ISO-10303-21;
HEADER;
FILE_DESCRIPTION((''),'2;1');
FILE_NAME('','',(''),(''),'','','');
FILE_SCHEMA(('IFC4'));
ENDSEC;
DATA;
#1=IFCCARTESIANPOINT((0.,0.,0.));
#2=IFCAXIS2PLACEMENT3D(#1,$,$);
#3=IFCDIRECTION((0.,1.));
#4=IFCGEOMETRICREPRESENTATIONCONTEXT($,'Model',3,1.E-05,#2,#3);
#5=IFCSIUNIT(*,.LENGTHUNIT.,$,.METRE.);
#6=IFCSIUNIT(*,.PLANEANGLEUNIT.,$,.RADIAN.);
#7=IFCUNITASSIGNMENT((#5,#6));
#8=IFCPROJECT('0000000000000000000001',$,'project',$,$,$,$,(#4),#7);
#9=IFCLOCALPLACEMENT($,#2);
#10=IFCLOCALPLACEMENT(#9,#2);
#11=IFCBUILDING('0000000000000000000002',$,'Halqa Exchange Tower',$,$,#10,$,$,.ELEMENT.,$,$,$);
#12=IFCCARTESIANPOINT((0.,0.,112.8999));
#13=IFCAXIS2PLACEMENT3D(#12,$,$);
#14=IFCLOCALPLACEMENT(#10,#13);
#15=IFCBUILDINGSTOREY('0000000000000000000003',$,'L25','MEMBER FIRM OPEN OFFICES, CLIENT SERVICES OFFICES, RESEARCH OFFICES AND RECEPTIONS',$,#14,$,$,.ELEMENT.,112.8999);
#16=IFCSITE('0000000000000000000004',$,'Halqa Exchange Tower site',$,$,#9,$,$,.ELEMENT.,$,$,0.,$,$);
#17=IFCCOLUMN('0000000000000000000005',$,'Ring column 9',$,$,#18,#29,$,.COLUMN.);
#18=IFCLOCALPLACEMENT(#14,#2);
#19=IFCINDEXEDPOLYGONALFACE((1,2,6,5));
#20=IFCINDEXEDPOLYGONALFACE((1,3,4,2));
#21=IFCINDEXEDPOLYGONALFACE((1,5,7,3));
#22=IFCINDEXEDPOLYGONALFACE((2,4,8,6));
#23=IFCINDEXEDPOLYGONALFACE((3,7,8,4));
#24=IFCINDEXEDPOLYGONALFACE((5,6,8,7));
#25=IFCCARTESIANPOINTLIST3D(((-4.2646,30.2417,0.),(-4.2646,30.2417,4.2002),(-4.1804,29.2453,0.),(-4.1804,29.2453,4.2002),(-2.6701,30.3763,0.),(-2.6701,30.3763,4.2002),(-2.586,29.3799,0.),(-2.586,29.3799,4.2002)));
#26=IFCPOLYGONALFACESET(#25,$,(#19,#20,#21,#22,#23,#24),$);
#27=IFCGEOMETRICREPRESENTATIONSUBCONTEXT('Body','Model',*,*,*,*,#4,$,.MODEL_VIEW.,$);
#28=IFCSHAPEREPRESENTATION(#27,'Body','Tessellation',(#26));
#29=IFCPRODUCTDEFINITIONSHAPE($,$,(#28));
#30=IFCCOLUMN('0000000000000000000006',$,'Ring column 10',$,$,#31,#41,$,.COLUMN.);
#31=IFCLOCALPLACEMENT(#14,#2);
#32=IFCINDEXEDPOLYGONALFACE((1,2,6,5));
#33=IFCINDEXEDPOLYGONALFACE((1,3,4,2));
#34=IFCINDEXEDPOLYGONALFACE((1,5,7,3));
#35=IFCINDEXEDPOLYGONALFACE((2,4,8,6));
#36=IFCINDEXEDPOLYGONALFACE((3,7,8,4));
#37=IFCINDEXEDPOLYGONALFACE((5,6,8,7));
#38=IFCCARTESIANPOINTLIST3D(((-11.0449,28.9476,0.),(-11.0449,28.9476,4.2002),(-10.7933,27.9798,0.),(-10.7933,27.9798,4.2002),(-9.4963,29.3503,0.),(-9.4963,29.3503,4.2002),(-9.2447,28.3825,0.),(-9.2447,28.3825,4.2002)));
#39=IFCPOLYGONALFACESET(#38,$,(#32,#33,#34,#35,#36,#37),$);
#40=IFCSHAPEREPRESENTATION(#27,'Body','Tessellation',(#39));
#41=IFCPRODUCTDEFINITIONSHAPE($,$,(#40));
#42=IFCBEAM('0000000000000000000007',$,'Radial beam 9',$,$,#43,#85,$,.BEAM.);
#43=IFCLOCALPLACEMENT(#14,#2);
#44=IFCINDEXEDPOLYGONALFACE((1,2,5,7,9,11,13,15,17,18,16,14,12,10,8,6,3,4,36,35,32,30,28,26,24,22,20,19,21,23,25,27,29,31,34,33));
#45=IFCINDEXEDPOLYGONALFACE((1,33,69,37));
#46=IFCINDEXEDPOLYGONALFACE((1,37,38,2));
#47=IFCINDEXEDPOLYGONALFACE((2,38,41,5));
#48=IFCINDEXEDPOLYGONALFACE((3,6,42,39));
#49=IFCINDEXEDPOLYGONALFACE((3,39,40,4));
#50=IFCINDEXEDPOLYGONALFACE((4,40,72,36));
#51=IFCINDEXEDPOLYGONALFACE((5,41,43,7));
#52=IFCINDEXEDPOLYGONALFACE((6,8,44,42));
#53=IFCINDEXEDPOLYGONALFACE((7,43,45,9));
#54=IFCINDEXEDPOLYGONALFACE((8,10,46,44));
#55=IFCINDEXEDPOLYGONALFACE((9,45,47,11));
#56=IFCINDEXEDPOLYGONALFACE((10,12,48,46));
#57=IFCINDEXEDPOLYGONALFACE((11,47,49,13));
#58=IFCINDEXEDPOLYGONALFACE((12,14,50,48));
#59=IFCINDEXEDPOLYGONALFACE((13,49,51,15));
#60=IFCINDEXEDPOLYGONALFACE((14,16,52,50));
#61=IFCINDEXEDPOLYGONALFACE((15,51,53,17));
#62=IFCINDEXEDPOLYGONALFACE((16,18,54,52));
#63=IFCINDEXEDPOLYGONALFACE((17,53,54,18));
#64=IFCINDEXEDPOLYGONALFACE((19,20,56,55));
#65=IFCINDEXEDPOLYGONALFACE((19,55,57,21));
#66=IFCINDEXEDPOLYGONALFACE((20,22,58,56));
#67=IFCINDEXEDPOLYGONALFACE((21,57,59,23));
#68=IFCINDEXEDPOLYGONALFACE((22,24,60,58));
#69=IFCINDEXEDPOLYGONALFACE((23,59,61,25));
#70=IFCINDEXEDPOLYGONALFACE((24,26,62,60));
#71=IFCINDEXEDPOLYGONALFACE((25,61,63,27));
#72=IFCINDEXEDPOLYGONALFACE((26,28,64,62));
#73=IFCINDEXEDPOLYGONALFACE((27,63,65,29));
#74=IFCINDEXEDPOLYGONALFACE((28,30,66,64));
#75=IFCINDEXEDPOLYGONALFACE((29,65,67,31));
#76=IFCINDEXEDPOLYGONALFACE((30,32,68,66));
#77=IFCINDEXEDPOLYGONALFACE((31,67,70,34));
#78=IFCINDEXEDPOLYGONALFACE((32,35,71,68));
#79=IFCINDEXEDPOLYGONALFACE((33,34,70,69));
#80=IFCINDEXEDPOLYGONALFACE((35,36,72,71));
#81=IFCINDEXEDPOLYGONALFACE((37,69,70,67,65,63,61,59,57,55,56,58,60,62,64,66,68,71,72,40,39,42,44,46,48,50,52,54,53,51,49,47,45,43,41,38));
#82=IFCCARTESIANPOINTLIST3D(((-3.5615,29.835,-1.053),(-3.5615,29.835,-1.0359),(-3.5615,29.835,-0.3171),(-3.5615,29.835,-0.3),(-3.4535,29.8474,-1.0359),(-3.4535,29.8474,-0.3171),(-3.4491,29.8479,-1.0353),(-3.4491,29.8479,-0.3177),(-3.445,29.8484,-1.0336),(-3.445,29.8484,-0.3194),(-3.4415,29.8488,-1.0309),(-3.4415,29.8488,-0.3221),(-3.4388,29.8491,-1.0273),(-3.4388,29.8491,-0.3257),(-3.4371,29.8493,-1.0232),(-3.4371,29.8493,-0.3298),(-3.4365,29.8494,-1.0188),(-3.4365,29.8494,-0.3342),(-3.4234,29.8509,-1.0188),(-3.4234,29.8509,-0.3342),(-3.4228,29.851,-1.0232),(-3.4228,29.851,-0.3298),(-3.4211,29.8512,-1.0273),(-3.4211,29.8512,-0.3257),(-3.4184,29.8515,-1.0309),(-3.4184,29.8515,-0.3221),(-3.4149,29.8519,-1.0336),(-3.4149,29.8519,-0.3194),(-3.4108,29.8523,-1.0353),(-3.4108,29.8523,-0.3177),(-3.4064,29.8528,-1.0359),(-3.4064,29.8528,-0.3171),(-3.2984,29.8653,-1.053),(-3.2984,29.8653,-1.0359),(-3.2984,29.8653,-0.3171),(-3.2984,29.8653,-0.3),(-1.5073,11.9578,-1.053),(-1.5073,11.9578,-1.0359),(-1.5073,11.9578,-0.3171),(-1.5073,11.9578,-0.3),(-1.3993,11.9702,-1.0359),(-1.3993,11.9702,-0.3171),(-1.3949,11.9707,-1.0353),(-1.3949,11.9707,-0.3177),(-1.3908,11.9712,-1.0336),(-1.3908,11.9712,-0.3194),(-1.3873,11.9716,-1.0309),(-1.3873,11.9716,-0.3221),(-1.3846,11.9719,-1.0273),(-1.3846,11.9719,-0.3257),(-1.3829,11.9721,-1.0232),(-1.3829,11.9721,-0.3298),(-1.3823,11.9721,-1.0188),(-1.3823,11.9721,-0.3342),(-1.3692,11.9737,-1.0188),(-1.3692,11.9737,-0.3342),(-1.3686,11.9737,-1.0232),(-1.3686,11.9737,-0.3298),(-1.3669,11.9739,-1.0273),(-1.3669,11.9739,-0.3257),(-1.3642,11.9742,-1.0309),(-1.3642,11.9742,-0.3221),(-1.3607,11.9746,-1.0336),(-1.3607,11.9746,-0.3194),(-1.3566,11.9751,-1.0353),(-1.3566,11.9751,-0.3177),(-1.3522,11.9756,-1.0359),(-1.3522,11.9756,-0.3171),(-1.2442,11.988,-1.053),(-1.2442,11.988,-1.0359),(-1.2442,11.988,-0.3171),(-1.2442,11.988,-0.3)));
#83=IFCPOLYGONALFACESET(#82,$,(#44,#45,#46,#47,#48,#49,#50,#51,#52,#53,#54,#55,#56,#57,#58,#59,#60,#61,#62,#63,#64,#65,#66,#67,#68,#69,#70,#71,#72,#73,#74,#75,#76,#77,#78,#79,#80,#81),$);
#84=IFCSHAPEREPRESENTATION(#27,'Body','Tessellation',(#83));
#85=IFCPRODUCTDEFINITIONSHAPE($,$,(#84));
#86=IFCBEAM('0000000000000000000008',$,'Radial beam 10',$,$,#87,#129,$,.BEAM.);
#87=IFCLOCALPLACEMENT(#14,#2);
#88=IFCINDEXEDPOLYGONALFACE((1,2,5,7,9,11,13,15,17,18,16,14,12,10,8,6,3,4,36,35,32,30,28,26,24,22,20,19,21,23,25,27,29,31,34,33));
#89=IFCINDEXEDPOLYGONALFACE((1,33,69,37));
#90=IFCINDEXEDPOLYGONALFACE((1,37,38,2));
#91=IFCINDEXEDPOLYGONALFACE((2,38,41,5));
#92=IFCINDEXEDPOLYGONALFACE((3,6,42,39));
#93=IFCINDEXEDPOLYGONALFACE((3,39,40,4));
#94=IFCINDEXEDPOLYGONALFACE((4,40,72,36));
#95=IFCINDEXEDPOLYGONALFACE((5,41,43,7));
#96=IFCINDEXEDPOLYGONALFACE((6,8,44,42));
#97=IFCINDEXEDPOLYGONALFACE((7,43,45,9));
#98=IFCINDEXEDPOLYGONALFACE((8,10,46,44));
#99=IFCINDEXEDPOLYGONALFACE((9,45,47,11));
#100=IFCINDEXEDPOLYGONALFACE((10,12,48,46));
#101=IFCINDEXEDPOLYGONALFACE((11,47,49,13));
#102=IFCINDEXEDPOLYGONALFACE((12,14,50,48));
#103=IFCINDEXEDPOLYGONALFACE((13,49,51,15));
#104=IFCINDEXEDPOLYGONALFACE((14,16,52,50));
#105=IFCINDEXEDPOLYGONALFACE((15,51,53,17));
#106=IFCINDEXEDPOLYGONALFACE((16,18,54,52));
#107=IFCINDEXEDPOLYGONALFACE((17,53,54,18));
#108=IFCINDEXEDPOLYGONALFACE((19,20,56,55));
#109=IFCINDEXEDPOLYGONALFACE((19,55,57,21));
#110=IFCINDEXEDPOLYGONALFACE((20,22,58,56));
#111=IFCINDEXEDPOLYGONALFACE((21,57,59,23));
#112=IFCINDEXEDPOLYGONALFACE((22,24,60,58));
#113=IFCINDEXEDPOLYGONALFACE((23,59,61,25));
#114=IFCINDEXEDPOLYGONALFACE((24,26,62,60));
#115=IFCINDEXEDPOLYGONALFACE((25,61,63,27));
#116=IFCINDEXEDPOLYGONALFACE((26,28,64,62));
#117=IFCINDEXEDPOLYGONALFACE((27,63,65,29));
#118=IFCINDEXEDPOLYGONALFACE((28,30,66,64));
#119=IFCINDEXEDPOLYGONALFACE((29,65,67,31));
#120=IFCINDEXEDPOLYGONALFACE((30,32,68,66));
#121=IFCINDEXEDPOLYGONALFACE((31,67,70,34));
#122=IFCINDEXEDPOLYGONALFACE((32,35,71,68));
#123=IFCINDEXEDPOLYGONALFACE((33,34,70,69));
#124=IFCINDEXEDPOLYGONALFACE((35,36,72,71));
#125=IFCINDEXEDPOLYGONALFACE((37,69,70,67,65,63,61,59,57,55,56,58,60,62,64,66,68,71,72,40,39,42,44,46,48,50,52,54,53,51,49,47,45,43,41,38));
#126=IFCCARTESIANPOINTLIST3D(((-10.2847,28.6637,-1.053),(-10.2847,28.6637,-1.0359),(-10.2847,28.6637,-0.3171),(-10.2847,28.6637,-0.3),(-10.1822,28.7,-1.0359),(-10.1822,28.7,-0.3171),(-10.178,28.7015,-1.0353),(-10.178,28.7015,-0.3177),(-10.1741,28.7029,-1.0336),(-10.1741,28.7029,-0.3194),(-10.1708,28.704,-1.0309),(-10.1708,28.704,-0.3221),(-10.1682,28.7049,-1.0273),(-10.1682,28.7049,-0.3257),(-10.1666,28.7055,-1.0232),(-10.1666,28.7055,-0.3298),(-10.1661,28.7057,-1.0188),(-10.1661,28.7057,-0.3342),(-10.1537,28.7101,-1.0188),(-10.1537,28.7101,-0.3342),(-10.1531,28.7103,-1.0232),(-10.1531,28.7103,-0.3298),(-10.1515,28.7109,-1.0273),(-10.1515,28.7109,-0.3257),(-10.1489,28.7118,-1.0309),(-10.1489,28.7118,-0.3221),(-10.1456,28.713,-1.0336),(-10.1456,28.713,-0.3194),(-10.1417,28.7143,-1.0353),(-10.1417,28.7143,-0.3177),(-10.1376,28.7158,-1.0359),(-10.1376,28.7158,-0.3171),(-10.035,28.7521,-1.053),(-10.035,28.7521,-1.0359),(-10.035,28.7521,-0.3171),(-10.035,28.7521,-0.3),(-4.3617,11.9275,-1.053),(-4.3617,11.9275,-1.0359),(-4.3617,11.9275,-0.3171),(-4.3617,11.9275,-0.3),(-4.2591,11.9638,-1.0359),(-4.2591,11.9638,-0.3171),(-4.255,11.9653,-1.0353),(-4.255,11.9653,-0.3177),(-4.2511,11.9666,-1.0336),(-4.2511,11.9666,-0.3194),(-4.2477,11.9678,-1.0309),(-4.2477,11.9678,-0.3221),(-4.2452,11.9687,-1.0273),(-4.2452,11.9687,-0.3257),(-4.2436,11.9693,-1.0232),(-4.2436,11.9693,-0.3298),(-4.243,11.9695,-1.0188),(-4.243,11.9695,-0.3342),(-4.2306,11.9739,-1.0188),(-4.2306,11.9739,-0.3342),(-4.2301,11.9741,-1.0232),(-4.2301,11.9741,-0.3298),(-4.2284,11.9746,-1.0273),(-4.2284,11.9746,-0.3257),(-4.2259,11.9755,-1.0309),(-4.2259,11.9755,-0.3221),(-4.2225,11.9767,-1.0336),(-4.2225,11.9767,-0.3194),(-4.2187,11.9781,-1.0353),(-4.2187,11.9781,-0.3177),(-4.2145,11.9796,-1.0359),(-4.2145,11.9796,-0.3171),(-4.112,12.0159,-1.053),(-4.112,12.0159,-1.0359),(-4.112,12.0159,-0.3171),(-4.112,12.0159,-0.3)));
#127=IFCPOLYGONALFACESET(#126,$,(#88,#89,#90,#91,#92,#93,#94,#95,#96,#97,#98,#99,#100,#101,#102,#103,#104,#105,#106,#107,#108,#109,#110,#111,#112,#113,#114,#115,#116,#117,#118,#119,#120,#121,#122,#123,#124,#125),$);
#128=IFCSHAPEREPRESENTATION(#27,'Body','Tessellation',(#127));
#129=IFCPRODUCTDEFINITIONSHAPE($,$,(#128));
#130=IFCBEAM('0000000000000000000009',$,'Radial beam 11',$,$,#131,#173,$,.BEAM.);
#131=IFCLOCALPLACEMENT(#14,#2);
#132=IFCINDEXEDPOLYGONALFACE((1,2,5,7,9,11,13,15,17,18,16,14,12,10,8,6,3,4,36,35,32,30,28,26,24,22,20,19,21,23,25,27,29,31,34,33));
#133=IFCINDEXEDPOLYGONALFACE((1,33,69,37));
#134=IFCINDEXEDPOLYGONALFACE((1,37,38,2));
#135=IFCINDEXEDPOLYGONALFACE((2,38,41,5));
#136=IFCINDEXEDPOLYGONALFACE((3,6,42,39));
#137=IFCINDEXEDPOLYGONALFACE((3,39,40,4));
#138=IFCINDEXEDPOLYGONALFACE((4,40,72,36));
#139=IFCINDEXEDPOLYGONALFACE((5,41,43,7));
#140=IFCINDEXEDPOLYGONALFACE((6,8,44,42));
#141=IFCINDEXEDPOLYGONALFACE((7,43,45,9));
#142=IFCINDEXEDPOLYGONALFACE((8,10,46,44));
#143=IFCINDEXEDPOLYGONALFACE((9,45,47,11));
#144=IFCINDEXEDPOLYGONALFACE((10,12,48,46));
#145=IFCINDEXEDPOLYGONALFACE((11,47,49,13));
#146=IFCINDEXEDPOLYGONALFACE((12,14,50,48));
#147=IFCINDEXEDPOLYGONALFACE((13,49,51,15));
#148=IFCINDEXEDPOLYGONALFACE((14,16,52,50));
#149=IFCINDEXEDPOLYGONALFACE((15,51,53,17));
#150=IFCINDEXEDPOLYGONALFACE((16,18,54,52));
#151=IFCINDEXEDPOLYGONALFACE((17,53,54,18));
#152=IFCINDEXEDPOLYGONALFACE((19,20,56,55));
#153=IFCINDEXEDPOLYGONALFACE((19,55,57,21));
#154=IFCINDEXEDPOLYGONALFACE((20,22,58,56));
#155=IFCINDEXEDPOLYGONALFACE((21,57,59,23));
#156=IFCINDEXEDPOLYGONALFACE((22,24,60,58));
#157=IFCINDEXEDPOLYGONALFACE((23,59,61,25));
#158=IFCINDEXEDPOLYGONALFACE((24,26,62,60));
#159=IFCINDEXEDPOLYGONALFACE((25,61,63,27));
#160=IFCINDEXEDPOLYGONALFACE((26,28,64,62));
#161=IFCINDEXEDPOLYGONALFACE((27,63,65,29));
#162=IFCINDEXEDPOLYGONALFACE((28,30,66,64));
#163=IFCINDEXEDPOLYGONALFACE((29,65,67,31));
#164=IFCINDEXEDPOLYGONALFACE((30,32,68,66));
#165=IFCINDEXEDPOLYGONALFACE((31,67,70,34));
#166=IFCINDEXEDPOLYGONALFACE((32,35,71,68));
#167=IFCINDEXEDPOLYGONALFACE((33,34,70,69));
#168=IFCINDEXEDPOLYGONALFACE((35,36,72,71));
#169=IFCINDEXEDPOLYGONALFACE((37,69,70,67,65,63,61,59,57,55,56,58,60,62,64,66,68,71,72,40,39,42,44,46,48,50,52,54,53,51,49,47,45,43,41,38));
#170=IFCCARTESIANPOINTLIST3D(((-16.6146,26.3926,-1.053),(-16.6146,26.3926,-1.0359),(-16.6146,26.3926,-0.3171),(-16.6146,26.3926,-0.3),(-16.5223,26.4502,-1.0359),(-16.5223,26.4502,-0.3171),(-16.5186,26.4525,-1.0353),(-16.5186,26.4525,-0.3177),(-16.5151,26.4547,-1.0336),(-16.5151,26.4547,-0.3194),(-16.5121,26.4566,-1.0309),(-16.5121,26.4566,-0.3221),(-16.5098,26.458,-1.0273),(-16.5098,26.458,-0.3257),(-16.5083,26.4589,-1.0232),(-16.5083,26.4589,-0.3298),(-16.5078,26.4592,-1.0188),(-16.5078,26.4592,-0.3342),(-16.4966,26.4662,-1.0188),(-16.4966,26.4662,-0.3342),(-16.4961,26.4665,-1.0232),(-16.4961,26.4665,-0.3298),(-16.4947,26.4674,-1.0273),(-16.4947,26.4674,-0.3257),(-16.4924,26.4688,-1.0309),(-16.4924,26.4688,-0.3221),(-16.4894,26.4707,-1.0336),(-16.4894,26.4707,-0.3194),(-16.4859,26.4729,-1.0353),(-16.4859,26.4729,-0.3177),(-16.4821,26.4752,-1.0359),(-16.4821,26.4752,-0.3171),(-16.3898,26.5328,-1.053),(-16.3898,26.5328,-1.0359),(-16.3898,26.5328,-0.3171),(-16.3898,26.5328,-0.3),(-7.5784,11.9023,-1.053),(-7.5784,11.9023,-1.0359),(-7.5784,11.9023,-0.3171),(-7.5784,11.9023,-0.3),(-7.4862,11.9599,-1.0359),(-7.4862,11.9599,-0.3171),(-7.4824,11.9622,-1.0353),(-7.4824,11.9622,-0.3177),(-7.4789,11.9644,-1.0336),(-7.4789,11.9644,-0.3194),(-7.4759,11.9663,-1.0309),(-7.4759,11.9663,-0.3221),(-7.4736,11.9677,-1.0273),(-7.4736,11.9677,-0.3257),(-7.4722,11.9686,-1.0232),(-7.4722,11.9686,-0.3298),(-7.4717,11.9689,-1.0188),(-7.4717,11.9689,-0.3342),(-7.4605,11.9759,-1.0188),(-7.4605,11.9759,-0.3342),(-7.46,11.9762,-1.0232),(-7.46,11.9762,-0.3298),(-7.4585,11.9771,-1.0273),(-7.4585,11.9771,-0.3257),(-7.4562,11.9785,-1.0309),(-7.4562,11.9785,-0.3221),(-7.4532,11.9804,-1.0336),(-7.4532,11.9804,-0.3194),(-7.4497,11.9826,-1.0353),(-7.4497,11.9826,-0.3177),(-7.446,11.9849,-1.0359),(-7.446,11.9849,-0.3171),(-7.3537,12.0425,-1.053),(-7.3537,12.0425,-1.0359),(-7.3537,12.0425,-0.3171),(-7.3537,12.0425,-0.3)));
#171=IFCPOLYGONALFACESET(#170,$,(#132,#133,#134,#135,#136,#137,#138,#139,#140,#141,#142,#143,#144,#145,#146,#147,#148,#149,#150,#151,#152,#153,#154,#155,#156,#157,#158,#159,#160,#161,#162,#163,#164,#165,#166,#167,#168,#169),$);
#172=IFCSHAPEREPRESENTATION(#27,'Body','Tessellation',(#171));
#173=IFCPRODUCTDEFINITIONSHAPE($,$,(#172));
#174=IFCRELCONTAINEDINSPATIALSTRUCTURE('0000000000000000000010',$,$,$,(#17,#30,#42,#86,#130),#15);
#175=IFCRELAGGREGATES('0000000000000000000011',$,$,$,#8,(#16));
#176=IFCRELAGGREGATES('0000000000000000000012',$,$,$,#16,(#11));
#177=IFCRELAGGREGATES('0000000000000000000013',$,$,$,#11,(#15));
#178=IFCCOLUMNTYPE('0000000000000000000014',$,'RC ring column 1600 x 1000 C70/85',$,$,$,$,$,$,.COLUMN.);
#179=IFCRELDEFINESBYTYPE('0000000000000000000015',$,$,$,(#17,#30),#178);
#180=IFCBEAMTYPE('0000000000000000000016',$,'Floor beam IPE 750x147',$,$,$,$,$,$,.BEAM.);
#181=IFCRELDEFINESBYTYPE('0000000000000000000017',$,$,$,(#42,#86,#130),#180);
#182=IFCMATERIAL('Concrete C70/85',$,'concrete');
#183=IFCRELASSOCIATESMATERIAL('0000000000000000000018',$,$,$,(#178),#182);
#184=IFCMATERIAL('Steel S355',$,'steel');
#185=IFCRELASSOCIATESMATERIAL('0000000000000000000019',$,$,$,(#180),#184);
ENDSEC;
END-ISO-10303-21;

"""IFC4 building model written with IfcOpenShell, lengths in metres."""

from ifc_helpers import new_model, si_unit, direction, frame, origin, origin_2d, place, context, subcontext, project, spatial, rectangle, i_section, extrude, material, material_profile, profile_set, type_object, element, save


model = new_model("IFC4")

# Units and contexts
model_context = context("Model", 3, precision=1e-05, world=origin(), true_north=direction((0.0, 1.0)))
body_context = subcontext(model_context, "Body", "Model", "MODEL_VIEW")
ifc_project = project(units=[si_unit("LENGTHUNIT", "METRE"), si_unit("PLANEANGLEUNIT", "RADIAN")], contexts=[model_context])

# Site, building, storey
site_placement = place(None, origin())
site = spatial("IfcSite", under=ifc_project, at=site_placement, Name="Halqa Exchange Tower site", CompositionType="ELEMENT", RefElevation=0.0)
building_placement = place(site_placement, origin())
building = spatial("IfcBuilding", under=site, at=building_placement, Name="Halqa Exchange Tower", CompositionType="ELEMENT")
storey_placement = place(building_placement, frame((0.0, 0.0, 112.8999)))
storey = spatial("IfcBuildingStorey", under=building, at=storey_placement, Name="L25", Description="MEMBER FIRM OPEN OFFICES, CLIENT SERVICES OFFICES, RESEARCH OFFICES AND RECEPTIONS", CompositionType="ELEMENT", Elevation=112.8999)

# Columns
ifc_material_1 = material(Name="Concrete C70/85", Category="concrete")
ifc_material_profile_1 = material_profile(ifc_material_1, rectangle(XDim=1.6001, YDim=1.0, at=origin_2d()), Name="1600 x 1000")
ifc_profile_set_1 = profile_set([ifc_material_profile_1], Name="Concrete C70/85")
column_type = type_object("IfcColumnType", Name="RC ring column 1600 x 1000 C70/85", PredefinedType="COLUMN", material=ifc_profile_set_1)
for number, where, z_axis, x_axis, name in (
    (1, (-3.4253, 29.8108, 0.0), (0.0, 0.0, 1.0), (-0.996456, -0.084121, 0.0), "Ring column 9"),
    (2, (-10.1448, 28.665, 0.0), (0.0, 0.0, 1.0), (-0.96782, -0.251644, 0.0), "Ring column 10"),
):
    element("IfcColumn", number, at=place(storey_placement, frame(where, z_axis=z_axis, x_axis=x_axis)), inside=storey, type_object=column_type, Name=name, PredefinedType="COLUMN", context=body_context, shape_type="SweptSolid", body=[
        extrude(rectangle(XDim=1.6001, YDim=1.0, at=origin_2d()), origin(), (0.0, 0.0, 1.0), 4.2002),
    ])

# Beams
ifc_material_2 = material(Name="Steel S355", Category="steel")
ifc_material_profile_2 = material_profile(ifc_material_2, i_section(OverallWidth=0.2649, OverallDepth=0.7529, WebThickness=0.0132, FlangeThickness=0.0171, FilletRadius=0.0171, at=origin_2d()), Name="IPE 750x147")
ifc_profile_set_2 = profile_set([ifc_material_profile_2], Name="Steel S355")
beam_type_1 = type_object("IfcBeamType", Name="Floor beam IPE 750x147", PredefinedType="BEAM", material=ifc_profile_set_2)
beam_1_placement = place(storey_placement, frame((-1.3757, 11.9729, -0.6765), z_axis=(-0.114155, 0.993463, 0.0), x_axis=(-0.993463, -0.114155, 0.0)))
element("IfcBeam", 3, at=beam_1_placement, inside=storey, type_object=beam_type_1, Name="Radial beam 9", PredefinedType="BEAM", context=body_context, shape_type="SweptSolid", body=[
    extrude(i_section(OverallWidth=0.2649, OverallDepth=0.7529, WebThickness=0.0132, FlangeThickness=0.0171, FilletRadius=0.0171, at=origin_2d()), origin(), (0.0, 0.0, 1.0), 17.9949),
])
beam_2_placement = place(storey_placement, frame((-4.2368, 11.9717, -0.6765), z_axis=(-0.333629, 0.942704, 0.0), x_axis=(-0.942704, -0.333629, 0.0)))
element("IfcBeam", 4, at=beam_2_placement, inside=storey, type_object=beam_type_1, Name="Radial beam 10", PredefinedType="BEAM", context=body_context, shape_type="SweptSolid", body=[
    extrude(i_section(OverallWidth=0.2649, OverallDepth=0.7529, WebThickness=0.0132, FlangeThickness=0.0171, FilletRadius=0.0171, at=origin_2d()), origin(), (0.0, 0.0, 1.0), 17.7534),
])
beam_3_placement = place(storey_placement, frame((-7.4661, 11.9724, -0.6765), z_axis=(-0.529145, 0.848531, 0.0), x_axis=(-0.848531, -0.529145, 0.0)))
element("IfcBeam", 5, at=beam_3_placement, inside=storey, type_object=beam_type_1, Name="Radial beam 11", PredefinedType="BEAM", context=body_context, shape_type="SweptSolid", body=[
    extrude(i_section(OverallWidth=0.2649, OverallDepth=0.7529, WebThickness=0.0132, FlangeThickness=0.0171, FilletRadius=0.0171, at=origin_2d()), origin(), (0.0, 0.0, 1.0), 17.0769),
])

save(model, "model.ifc")
